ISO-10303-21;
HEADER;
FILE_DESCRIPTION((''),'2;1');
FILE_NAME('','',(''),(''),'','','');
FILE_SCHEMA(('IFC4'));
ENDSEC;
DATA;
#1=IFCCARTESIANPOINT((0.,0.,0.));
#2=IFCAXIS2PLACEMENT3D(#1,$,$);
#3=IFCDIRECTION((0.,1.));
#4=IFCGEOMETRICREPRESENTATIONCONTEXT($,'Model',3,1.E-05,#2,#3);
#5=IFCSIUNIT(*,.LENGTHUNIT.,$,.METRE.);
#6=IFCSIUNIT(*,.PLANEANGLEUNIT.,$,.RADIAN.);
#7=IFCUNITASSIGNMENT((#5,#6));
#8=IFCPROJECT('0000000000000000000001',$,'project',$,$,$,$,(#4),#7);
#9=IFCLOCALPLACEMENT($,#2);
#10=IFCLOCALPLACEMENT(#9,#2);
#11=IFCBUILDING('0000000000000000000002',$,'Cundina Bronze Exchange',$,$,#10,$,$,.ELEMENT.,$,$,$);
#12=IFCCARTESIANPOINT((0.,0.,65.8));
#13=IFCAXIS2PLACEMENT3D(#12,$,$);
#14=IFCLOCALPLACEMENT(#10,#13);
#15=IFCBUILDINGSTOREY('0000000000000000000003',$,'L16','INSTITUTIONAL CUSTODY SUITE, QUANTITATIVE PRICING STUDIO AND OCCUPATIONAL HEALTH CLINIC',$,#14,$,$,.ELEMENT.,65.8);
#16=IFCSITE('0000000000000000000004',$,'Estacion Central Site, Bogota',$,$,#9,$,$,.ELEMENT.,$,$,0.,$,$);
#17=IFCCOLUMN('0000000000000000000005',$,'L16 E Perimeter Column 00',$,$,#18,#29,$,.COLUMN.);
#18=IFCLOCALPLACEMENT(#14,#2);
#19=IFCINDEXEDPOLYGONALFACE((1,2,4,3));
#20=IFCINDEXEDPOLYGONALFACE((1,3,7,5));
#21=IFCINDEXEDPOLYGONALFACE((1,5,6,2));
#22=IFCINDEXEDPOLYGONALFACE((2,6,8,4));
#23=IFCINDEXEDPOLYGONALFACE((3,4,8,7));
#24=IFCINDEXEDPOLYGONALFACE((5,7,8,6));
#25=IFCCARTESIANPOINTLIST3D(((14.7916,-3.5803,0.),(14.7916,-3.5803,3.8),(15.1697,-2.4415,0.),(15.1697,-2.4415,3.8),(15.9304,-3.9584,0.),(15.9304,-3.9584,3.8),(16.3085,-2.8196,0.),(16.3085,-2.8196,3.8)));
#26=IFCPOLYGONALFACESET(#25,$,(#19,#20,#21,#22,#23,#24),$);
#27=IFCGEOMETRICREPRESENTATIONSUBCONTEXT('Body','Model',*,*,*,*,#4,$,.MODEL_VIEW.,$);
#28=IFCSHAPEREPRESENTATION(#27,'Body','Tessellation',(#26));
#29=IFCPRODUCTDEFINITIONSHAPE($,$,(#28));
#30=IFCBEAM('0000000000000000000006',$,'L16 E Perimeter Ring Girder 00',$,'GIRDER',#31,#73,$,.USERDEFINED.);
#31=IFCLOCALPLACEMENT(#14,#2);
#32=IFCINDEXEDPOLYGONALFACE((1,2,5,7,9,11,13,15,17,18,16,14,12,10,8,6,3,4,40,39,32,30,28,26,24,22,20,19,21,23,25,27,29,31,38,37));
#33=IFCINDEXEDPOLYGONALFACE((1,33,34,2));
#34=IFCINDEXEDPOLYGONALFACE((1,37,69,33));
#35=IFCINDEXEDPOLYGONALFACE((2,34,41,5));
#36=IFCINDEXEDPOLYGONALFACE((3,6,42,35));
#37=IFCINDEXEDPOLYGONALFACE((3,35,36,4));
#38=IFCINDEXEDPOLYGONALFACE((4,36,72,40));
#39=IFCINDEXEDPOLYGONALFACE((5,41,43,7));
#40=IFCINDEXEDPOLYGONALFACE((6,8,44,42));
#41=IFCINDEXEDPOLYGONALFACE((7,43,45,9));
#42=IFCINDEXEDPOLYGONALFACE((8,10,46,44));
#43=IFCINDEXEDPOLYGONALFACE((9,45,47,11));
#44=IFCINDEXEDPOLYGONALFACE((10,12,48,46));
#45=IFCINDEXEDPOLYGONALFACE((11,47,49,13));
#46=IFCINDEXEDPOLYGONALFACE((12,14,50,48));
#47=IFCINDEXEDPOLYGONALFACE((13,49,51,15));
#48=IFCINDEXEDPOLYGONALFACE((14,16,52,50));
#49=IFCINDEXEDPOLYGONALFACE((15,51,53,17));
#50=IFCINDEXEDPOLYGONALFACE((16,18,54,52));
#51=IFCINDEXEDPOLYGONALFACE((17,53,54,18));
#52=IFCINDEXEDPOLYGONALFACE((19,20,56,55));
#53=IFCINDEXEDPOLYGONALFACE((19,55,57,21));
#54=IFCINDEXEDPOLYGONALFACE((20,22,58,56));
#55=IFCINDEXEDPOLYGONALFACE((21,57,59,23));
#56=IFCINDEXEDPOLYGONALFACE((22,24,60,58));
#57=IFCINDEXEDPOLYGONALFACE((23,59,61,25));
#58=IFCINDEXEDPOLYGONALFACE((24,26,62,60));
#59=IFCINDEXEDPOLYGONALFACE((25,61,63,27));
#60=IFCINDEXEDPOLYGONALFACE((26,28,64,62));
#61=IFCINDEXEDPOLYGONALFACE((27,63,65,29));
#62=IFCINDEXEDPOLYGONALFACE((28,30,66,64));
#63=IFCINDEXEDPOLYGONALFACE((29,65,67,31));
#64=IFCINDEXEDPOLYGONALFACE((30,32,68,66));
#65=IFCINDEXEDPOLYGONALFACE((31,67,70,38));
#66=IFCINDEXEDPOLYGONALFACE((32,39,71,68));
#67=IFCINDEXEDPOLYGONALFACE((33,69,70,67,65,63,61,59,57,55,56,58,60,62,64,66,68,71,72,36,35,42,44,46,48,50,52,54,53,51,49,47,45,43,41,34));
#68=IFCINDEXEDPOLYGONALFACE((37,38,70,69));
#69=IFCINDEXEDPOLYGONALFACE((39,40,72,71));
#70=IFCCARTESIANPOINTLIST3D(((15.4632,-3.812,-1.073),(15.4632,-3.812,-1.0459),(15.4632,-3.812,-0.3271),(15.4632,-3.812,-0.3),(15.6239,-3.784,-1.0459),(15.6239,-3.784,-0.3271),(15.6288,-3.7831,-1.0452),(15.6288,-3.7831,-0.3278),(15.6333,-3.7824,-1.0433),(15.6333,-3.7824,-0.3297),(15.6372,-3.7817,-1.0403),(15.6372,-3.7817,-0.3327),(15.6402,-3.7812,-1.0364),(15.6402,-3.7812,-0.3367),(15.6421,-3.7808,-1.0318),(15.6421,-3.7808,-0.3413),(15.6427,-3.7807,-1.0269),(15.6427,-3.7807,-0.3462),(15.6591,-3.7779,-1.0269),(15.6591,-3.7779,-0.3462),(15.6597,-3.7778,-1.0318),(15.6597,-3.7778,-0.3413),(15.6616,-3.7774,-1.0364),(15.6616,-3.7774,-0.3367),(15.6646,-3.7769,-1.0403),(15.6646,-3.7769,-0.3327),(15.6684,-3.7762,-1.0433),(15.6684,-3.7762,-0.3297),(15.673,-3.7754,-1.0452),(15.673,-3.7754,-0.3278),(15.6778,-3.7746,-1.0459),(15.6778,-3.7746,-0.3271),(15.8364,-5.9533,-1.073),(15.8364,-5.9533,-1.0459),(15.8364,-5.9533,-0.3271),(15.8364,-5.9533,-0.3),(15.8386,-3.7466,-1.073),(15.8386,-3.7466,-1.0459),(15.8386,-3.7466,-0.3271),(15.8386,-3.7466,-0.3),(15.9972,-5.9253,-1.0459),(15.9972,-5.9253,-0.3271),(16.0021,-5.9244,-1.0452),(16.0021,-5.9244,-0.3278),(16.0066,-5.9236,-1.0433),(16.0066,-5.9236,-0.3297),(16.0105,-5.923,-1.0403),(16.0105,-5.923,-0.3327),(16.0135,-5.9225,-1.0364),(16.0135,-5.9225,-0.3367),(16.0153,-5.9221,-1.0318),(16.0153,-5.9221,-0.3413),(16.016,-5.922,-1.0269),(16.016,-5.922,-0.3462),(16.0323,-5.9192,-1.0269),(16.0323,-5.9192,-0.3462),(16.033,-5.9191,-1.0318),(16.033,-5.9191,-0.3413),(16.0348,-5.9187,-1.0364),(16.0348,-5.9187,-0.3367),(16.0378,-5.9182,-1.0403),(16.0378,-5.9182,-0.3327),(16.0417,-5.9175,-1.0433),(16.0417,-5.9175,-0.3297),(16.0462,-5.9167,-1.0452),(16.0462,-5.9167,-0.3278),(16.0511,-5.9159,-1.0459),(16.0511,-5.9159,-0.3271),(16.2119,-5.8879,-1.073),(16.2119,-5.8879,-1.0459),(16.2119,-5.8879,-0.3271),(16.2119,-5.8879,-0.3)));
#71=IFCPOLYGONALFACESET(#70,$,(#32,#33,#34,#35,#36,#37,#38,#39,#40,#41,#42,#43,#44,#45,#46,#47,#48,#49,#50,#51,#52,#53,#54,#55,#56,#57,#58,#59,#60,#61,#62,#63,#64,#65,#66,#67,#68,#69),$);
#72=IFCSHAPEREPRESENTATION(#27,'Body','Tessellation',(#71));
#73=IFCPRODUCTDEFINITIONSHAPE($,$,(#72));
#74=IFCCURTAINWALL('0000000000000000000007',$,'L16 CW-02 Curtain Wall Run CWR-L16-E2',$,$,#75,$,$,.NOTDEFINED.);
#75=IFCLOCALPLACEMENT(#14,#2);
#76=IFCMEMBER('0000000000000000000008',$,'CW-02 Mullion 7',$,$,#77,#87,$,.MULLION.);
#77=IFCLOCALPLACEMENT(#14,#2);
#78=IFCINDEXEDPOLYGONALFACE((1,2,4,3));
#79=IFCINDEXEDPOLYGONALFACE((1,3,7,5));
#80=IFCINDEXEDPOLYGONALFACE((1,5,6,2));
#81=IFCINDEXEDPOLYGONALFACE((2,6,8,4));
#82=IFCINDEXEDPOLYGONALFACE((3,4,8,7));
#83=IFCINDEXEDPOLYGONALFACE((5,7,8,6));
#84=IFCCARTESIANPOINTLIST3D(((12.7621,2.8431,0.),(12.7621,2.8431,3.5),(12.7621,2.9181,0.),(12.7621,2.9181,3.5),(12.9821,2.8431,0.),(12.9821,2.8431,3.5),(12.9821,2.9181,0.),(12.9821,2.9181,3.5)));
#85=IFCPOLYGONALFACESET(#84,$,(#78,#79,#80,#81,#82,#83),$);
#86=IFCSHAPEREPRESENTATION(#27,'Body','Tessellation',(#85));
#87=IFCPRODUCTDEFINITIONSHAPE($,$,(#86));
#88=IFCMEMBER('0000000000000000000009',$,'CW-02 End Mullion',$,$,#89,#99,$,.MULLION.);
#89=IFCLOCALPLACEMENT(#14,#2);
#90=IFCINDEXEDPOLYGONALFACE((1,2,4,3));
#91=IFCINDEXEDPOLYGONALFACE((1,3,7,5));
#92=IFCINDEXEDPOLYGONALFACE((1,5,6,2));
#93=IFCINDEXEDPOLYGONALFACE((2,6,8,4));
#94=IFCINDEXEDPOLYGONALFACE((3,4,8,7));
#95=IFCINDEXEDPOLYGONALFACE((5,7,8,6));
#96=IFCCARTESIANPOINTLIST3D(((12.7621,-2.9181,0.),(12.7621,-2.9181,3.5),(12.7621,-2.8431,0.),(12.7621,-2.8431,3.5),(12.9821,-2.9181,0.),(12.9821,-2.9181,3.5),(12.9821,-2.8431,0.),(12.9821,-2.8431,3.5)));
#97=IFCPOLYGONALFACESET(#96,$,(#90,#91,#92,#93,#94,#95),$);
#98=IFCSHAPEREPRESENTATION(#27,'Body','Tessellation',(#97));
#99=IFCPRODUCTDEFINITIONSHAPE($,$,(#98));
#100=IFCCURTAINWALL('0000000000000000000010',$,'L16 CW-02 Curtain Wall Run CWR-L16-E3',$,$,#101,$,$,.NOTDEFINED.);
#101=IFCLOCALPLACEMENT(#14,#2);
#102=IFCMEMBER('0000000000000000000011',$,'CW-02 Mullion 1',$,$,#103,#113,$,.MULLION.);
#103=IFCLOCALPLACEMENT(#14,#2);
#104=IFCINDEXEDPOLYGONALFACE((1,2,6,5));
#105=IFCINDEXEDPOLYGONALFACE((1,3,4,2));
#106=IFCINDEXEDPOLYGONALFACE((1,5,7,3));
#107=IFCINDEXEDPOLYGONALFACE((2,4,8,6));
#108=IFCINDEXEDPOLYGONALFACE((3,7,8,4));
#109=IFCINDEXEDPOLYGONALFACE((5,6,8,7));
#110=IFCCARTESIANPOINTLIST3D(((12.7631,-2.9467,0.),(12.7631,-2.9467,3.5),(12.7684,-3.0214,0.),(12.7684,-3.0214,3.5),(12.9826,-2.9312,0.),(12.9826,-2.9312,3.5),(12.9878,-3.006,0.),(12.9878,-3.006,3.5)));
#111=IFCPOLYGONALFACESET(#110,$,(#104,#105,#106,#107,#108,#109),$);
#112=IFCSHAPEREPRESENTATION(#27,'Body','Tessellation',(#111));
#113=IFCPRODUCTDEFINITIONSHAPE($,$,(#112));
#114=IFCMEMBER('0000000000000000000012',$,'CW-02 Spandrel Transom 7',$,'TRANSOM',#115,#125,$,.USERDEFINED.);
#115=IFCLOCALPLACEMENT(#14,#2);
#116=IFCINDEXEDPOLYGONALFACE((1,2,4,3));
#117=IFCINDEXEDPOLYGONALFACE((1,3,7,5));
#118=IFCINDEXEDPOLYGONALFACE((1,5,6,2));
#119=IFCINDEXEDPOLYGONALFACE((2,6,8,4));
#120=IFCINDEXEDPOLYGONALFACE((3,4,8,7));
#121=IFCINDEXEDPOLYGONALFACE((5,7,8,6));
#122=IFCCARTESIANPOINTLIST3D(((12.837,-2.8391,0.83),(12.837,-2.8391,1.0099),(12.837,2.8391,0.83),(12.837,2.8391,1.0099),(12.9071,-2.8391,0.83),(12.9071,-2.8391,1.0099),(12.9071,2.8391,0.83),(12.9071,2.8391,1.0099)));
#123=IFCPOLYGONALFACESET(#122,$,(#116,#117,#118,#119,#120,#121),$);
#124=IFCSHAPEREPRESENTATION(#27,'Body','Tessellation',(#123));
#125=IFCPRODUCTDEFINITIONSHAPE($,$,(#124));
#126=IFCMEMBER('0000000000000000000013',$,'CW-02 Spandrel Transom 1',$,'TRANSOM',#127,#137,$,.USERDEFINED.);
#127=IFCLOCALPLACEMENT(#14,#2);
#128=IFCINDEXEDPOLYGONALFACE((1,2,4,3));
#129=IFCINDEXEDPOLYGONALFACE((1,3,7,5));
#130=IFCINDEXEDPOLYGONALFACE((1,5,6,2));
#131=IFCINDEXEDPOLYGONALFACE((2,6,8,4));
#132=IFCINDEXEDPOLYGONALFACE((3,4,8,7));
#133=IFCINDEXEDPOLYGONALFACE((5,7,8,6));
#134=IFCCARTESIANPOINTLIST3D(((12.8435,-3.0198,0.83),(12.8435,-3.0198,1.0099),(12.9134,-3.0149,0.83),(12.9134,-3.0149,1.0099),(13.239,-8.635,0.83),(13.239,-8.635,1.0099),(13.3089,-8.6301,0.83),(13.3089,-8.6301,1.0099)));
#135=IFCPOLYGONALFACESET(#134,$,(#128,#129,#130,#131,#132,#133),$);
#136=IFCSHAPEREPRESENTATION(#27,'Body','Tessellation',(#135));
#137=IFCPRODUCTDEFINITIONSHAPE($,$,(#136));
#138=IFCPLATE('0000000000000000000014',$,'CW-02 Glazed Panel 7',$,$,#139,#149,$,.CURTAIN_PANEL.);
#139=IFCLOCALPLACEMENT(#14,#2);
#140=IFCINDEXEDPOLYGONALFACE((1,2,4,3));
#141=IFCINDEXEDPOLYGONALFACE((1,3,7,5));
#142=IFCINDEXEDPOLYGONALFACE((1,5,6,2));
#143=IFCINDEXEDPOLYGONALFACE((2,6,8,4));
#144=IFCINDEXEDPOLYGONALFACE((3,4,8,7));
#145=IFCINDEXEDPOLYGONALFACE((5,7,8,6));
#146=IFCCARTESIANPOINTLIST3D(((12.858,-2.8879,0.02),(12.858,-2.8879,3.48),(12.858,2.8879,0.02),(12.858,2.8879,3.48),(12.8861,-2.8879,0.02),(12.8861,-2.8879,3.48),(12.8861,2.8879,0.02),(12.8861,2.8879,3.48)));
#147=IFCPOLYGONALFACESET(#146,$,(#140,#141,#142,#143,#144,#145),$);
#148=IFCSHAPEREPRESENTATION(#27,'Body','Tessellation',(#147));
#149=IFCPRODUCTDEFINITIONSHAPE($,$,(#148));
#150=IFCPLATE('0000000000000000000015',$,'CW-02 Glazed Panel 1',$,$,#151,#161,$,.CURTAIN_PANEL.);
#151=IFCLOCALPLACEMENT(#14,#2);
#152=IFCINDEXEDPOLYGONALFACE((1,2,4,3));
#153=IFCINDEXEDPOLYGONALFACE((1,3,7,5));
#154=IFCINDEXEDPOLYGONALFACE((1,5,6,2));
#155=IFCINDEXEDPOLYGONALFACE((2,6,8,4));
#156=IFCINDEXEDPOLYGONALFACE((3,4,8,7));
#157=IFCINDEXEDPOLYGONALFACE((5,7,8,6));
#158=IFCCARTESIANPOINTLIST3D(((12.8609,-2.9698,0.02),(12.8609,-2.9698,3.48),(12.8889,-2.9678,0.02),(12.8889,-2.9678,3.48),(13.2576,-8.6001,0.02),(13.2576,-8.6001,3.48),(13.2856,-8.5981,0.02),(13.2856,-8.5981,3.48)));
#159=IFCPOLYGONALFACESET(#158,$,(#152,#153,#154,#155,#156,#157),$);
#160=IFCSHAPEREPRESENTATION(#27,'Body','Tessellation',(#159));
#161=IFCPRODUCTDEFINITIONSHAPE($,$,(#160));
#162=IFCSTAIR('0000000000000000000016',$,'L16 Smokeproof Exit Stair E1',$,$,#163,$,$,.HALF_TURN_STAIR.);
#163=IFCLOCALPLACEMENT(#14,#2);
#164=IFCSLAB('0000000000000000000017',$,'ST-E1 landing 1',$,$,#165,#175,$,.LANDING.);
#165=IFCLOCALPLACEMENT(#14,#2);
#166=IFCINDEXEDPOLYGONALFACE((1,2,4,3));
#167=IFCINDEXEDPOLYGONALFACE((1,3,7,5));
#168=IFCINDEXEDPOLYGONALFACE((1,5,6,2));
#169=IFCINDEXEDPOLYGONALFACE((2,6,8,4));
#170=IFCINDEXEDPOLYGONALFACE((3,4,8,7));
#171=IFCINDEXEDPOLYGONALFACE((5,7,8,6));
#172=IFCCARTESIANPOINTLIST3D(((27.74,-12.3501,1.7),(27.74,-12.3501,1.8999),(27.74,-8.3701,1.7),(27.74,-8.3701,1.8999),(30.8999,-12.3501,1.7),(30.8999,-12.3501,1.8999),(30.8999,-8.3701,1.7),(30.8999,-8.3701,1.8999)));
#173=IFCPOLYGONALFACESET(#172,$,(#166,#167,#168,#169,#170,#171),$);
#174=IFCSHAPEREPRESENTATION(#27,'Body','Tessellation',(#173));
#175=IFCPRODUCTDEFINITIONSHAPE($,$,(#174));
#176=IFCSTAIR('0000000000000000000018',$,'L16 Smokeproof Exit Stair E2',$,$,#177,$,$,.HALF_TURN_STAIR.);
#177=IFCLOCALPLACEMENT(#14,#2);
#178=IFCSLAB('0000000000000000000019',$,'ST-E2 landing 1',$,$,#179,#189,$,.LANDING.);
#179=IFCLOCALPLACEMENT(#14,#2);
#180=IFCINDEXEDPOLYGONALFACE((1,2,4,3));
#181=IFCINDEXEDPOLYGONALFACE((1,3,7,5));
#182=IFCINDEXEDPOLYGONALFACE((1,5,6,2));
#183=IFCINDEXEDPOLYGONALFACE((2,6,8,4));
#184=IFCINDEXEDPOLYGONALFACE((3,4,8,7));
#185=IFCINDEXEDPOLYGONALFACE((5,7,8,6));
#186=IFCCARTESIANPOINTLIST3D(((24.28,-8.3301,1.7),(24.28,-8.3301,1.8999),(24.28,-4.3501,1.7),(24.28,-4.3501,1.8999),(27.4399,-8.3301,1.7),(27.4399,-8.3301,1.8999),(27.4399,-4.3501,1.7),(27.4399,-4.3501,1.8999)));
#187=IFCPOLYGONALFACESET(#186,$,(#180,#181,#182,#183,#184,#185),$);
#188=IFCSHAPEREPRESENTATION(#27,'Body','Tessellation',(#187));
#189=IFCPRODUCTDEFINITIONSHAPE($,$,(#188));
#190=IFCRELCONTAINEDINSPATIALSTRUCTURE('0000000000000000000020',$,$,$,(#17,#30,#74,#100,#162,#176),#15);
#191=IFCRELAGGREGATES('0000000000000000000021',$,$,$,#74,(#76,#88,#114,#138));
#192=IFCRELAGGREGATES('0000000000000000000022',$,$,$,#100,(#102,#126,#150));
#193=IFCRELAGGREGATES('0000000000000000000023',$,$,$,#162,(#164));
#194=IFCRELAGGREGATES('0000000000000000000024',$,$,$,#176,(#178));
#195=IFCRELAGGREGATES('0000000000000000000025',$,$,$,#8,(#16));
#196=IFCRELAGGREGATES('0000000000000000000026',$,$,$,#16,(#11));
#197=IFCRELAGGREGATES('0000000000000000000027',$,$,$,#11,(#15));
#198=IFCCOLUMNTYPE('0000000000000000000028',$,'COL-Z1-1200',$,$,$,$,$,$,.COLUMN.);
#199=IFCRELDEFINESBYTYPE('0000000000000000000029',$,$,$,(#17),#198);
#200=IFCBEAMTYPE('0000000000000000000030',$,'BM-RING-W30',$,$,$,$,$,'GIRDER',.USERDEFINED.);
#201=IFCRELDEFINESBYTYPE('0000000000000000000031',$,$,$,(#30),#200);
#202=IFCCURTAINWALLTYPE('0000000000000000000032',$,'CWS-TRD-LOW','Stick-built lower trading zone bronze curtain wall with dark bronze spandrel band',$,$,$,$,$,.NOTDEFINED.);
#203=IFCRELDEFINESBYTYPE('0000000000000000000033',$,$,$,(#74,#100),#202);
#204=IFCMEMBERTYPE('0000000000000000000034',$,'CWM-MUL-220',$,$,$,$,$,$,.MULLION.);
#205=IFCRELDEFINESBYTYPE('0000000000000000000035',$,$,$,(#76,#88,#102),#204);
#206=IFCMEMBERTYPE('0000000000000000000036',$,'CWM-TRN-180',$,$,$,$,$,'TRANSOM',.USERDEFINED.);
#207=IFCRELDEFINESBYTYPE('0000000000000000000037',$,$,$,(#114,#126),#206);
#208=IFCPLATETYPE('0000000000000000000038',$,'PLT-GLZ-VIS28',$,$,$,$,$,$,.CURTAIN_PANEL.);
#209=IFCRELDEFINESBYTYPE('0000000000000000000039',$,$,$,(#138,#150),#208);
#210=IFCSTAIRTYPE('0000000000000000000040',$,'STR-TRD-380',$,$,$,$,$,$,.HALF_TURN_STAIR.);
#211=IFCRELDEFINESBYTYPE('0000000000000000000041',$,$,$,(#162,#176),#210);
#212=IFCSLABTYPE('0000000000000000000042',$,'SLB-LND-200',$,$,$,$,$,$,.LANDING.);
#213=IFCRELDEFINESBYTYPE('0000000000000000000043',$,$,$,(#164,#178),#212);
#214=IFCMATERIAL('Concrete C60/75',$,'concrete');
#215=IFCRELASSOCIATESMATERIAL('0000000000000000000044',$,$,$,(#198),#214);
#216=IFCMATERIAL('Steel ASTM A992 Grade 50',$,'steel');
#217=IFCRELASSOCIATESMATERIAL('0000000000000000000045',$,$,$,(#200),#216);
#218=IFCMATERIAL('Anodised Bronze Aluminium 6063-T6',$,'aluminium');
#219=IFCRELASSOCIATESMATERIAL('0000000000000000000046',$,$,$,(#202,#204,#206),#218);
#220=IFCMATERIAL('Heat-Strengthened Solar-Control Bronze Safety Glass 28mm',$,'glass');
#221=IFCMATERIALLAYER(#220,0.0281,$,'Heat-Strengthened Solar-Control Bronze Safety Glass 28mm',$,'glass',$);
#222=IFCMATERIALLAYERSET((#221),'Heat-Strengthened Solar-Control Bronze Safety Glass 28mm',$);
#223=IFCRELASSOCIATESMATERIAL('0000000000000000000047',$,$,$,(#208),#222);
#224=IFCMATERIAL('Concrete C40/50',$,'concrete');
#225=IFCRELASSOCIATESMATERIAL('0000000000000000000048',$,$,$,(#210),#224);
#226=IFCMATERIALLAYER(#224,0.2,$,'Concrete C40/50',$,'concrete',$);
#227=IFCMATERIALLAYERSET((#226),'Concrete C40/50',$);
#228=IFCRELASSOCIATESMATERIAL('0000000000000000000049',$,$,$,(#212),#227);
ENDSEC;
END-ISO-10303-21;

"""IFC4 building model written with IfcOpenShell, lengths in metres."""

from ifc_helpers import new_model, si_unit, direction, frame, origin, origin_2d, place, context, subcontext, project, spatial, polyline, rectangle, i_section, outline, extrude, material, layer, layer_set, material_profile, profile_set, type_object, element, aggregate, save


model = new_model("IFC4")

# Units and contexts
model_context = context("Model", 3, precision=1e-05, world=origin(), true_north=direction((0.0, 1.0)))
body_context = subcontext(model_context, "Body", "Model", "MODEL_VIEW")
ifc_project = project(units=[si_unit("LENGTHUNIT", "METRE"), si_unit("PLANEANGLEUNIT", "RADIAN")], contexts=[model_context])

# Site, building, storey
site_placement = place(None, origin())
site = spatial("IfcSite", under=ifc_project, at=site_placement, Name="Estacion Central Site, Bogota", CompositionType="ELEMENT", RefElevation=0.0)
building_placement = place(site_placement, origin())
building = spatial("IfcBuilding", under=site, at=building_placement, Name="Cundina Bronze Exchange", CompositionType="ELEMENT")
storey_placement = place(building_placement, frame((0.0, 0.0, 65.8)))
storey = spatial("IfcBuildingStorey", under=building, at=storey_placement, Name="L16", Description="INSTITUTIONAL CUSTODY SUITE, QUANTITATIVE PRICING STUDIO AND OCCUPATIONAL HEALTH CLINIC", CompositionType="ELEMENT", Elevation=65.8)

# Column
ifc_material_1 = material(Name="Concrete C60/75", Category="concrete")
ifc_material_profile_1 = material_profile(ifc_material_1, rectangle(XDim=1.2, YDim=1.2, at=origin_2d()), Name="RC1200X1200", Category="concrete")
ifc_profile_set_1 = profile_set([ifc_material_profile_1], Name="Concrete C60/75")
column_type = type_object("IfcColumnType", Name="COL-Z1-1200", PredefinedType="COLUMN", material=ifc_profile_set_1)
column_placement = place(storey_placement, frame((15.55, -3.2, 0.0), z_axis=(0.0, 0.0, 1.0), x_axis=(-0.315152, -0.949041, 0.0)))
element("IfcColumn", 1, at=column_placement, inside=storey, type_object=column_type, Name="L16 E Perimeter Column 00", PredefinedType="COLUMN", context=body_context, shape_type="SweptSolid", body=[
    extrude(rectangle(XDim=1.2, YDim=1.2, at=origin_2d()), origin(), (0.0, 0.0, 1.0), 3.8),
])

# Beam
ifc_material_2 = material(Name="Steel ASTM A992 Grade 50", Category="steel")
ifc_material_profile_2 = material_profile(ifc_material_2, i_section(OverallWidth=0.3811, OverallDepth=0.7729, WebThickness=0.0166, FlangeThickness=0.0271, FilletRadius=0.019, at=origin_2d()), Name="W30X173", Category="steel")
ifc_profile_set_2 = profile_set([ifc_material_profile_2], Name="Steel ASTM A992 Grade 50")
beam_type = type_object("IfcBeamType", Name="BM-RING-W30", ElementType="GIRDER", PredefinedType="USERDEFINED", material=ifc_profile_set_2)
beam_placement = place(storey_placement, frame((15.6509, -3.7793, -0.6865), z_axis=(0.171735, -0.985143, 0.0), x_axis=(0.985143, 0.171735, 0.0)))
element("IfcBeam", 2, at=beam_placement, inside=storey, type_object=beam_type, Name="L16 E Perimeter Ring Girder 00", ObjectType="GIRDER", PredefinedType="USERDEFINED", context=body_context, shape_type="SweptSolid", body=[
    extrude(i_section(OverallWidth=0.3811, OverallDepth=0.7729, WebThickness=0.0166, FlangeThickness=0.0271, FilletRadius=0.019, at=origin_2d()), origin(), (0.0, 0.0, 1.0), 2.1736),
])

# Curtain wall, members
ifc_material_3 = material(Name="Anodised Bronze Aluminium 6063-T6", Category="aluminium")
curtain_wall_type = type_object("IfcCurtainWallType", Name="CWS-TRD-LOW", Description="Stick-built lower trading zone bronze curtain wall with dark bronze spandrel band", PredefinedType="NOTDEFINED", material=ifc_material_3)
curtain_wall_1_placement = place(storey_placement, origin())
curtain_wall_1 = element("IfcCurtainWall", 3, at=curtain_wall_1_placement, inside=storey, type_object=curtain_wall_type, Name="L16 CW-02 Curtain Wall Run CWR-L16-E2", PredefinedType="NOTDEFINED")
ifc_material_profile_3 = material_profile(ifc_material_3, rectangle(XDim=0.075, YDim=0.22, at=origin_2d()), Name="AL75X220", Category="aluminium")
ifc_profile_set_3 = profile_set([ifc_material_profile_3], Name="Anodised Bronze Aluminium 6063-T6")
member_type_1 = type_object("IfcMemberType", Name="CWM-MUL-220", PredefinedType="MULLION", material=ifc_profile_set_3)
member_1_placement = place(storey_placement, frame((12.8721, 2.8806, 0.0), z_axis=(0.0, 0.0, 1.0), x_axis=(0.0, -1.0, 0.0)))
member_1 = element("IfcMember", 4, at=member_1_placement, type_object=member_type_1, Name="CW-02 Mullion 7", PredefinedType="MULLION", context=body_context, shape_type="SweptSolid", body=[
    extrude(rectangle(XDim=0.075, YDim=0.22, at=origin_2d()), origin(), (0.0, 0.0, 1.0), 3.5),
])
member_2_placement = place(storey_placement, frame((12.8721, -2.8806, 0.0), z_axis=(0.0, 0.0, 1.0), x_axis=(0.0, -1.0, 0.0)))
member_2 = element("IfcMember", 5, at=member_2_placement, type_object=member_type_1, Name="CW-02 End Mullion", PredefinedType="MULLION", context=body_context, shape_type="SweptSolid", body=[
    extrude(rectangle(XDim=0.075, YDim=0.22, at=origin_2d()), origin(), (0.0, 0.0, 1.0), 3.5),
])

# Curtain wall, member
curtain_wall_2_placement = place(storey_placement, origin())
curtain_wall_2 = element("IfcCurtainWall", 6, at=curtain_wall_2_placement, inside=storey, type_object=curtain_wall_type, Name="L16 CW-02 Curtain Wall Run CWR-L16-E3", PredefinedType="NOTDEFINED")
member_3_placement = place(storey_placement, frame((12.8755, -2.9763, 0.0), z_axis=(0.0, 0.0, 1.0), x_axis=(0.070279, -0.997527, 0.0)))
member_3 = element("IfcMember", 7, at=member_3_placement, type_object=member_type_1, Name="CW-02 Mullion 1", PredefinedType="MULLION", context=body_context, shape_type="SweptSolid", body=[
    extrude(rectangle(XDim=0.075, YDim=0.22, at=origin_2d()), origin(), (0.0, 0.0, 1.0), 3.5),
])

# Members
ifc_material_profile_4 = material_profile(ifc_material_3, rectangle(XDim=0.0701, YDim=0.1799, at=origin_2d()), Name="AL70X180", Category="aluminium")
ifc_profile_set_4 = profile_set([ifc_material_profile_4], Name="Anodised Bronze Aluminium 6063-T6")
member_type_2 = type_object("IfcMemberType", Name="CWM-TRN-180", ElementType="TRANSOM", PredefinedType="USERDEFINED", material=ifc_profile_set_4)
member_4_placement = place(storey_placement, frame((12.8721, 2.8391, 0.9199), z_axis=(0.0, -1.0, 0.0), x_axis=(1.0, 0.0, 0.0)))
member_4 = element("IfcMember", 8, at=member_4_placement, type_object=member_type_2, Name="CW-02 Spandrel Transom 7", ObjectType="TRANSOM", PredefinedType="USERDEFINED", context=body_context, shape_type="SweptSolid", body=[
    extrude(rectangle(XDim=0.0701, YDim=0.1799, at=origin_2d()), origin(), (0.0, 0.0, 1.0), 5.6782),
])
member_5_placement = place(storey_placement, frame((12.8784, -3.0173, 0.9199), z_axis=(0.070261, -0.997529, 0.0), x_axis=(0.997529, 0.070261, 0.0)))
member_5 = element("IfcMember", 9, at=member_5_placement, type_object=member_type_2, Name="CW-02 Spandrel Transom 1", ObjectType="TRANSOM", PredefinedType="USERDEFINED", context=body_context, shape_type="SweptSolid", body=[
    extrude(rectangle(XDim=0.0701, YDim=0.1799, at=origin_2d()), origin(), (0.0, 0.0, 1.0), 5.6292),
])

# Plates
ifc_material_4 = material(Name="Heat-Strengthened Solar-Control Bronze Safety Glass 28mm", Category="glass")
ifc_layer_1 = layer(ifc_material_4, 0.0281, Name="Heat-Strengthened Solar-Control Bronze Safety Glass 28mm", Category="glass")
ifc_layer_set_1 = layer_set([ifc_layer_1], Name="Heat-Strengthened Solar-Control Bronze Safety Glass 28mm")
plate_type = type_object("IfcPlateType", Name="PLT-GLZ-VIS28", PredefinedType="CURTAIN_PANEL", material=ifc_layer_set_1)
plate_1_placement = place(storey_placement, frame((12.8721, 0.0, 0.02), z_axis=(0.0, 0.0, 1.0), x_axis=(0.0, -1.0, 0.0)))
plate_1 = element("IfcPlate", 10, at=plate_1_placement, type_object=plate_type, Name="CW-02 Glazed Panel 7", PredefinedType="CURTAIN_PANEL", context=body_context, shape_type="SweptSolid", body=[
    extrude(rectangle(XDim=5.7759, YDim=0.0281, at=origin_2d()), origin(), (0.0, 0.0, 1.0), 3.46),
])
aggregate(curtain_wall_1, [member_1, member_2, member_4, plate_1])
plate_2_placement = place(storey_placement, frame((13.0732, -5.7839, 0.02), z_axis=(0.0, 0.0, 1.0), x_axis=(0.070279, -0.997527, 0.0)))
plate_2 = element("IfcPlate", 11, at=plate_2_placement, type_object=plate_type, Name="CW-02 Glazed Panel 1", PredefinedType="CURTAIN_PANEL", context=body_context, shape_type="SweptSolid", body=[
    extrude(rectangle(XDim=5.6443, YDim=0.0281, at=origin_2d()), origin(), (0.0, 0.0, 1.0), 3.46),
])
aggregate(curtain_wall_2, [member_3, member_5, plate_2])

# Stairs, slabs
ifc_material_5 = material(Name="Concrete C40/50", Category="concrete")
stair_type = type_object("IfcStairType", Name="STR-TRD-380", PredefinedType="HALF_TURN_STAIR", material=ifc_material_5)
stair_1_placement = place(storey_placement, origin())
stair_1 = element("IfcStair", 12, at=stair_1_placement, inside=storey, type_object=stair_type, Name="L16 Smokeproof Exit Stair E1", PredefinedType="HALF_TURN_STAIR")
ifc_layer_2 = layer(ifc_material_5, 0.2, Name="Concrete C40/50", Category="concrete")
ifc_layer_set_2 = layer_set([ifc_layer_2], Name="Concrete C40/50")
slab_type = type_object("IfcSlabType", Name="SLB-LND-200", PredefinedType="LANDING", material=ifc_layer_set_2)
slab_1_placement = place(storey_placement, frame((0.0, 0.0, 1.7)))
slab_1 = element("IfcSlab", 13, at=slab_1_placement, type_object=slab_type, Name="ST-E1 landing 1", PredefinedType="LANDING", context=body_context, shape_type="SweptSolid", body=[
    extrude(outline(polyline([(27.74, -8.3701), (27.74, -12.3501), (30.8999, -12.3501), (30.8999, -8.3701), (27.74, -8.3701)])), origin(), (0.0, 0.0, 1.0), 0.2),
])
aggregate(stair_1, [slab_1])
stair_2_placement = place(storey_placement, origin())
stair_2 = element("IfcStair", 14, at=stair_2_placement, inside=storey, type_object=stair_type, Name="L16 Smokeproof Exit Stair E2", PredefinedType="HALF_TURN_STAIR")
slab_2_placement = place(storey_placement, frame((0.0, 0.0, 1.7)))
slab_2 = element("IfcSlab", 15, at=slab_2_placement, type_object=slab_type, Name="ST-E2 landing 1", PredefinedType="LANDING", context=body_context, shape_type="SweptSolid", body=[
    extrude(outline(polyline([(27.4399, -8.3301), (27.4399, -4.3501), (24.28, -4.3501), (24.28, -8.3301), (27.4399, -8.3301)])), origin(), (0.0, 0.0, 1.0), 0.2),
])
aggregate(stair_2, [slab_2])

save(model, "model.ifc")
